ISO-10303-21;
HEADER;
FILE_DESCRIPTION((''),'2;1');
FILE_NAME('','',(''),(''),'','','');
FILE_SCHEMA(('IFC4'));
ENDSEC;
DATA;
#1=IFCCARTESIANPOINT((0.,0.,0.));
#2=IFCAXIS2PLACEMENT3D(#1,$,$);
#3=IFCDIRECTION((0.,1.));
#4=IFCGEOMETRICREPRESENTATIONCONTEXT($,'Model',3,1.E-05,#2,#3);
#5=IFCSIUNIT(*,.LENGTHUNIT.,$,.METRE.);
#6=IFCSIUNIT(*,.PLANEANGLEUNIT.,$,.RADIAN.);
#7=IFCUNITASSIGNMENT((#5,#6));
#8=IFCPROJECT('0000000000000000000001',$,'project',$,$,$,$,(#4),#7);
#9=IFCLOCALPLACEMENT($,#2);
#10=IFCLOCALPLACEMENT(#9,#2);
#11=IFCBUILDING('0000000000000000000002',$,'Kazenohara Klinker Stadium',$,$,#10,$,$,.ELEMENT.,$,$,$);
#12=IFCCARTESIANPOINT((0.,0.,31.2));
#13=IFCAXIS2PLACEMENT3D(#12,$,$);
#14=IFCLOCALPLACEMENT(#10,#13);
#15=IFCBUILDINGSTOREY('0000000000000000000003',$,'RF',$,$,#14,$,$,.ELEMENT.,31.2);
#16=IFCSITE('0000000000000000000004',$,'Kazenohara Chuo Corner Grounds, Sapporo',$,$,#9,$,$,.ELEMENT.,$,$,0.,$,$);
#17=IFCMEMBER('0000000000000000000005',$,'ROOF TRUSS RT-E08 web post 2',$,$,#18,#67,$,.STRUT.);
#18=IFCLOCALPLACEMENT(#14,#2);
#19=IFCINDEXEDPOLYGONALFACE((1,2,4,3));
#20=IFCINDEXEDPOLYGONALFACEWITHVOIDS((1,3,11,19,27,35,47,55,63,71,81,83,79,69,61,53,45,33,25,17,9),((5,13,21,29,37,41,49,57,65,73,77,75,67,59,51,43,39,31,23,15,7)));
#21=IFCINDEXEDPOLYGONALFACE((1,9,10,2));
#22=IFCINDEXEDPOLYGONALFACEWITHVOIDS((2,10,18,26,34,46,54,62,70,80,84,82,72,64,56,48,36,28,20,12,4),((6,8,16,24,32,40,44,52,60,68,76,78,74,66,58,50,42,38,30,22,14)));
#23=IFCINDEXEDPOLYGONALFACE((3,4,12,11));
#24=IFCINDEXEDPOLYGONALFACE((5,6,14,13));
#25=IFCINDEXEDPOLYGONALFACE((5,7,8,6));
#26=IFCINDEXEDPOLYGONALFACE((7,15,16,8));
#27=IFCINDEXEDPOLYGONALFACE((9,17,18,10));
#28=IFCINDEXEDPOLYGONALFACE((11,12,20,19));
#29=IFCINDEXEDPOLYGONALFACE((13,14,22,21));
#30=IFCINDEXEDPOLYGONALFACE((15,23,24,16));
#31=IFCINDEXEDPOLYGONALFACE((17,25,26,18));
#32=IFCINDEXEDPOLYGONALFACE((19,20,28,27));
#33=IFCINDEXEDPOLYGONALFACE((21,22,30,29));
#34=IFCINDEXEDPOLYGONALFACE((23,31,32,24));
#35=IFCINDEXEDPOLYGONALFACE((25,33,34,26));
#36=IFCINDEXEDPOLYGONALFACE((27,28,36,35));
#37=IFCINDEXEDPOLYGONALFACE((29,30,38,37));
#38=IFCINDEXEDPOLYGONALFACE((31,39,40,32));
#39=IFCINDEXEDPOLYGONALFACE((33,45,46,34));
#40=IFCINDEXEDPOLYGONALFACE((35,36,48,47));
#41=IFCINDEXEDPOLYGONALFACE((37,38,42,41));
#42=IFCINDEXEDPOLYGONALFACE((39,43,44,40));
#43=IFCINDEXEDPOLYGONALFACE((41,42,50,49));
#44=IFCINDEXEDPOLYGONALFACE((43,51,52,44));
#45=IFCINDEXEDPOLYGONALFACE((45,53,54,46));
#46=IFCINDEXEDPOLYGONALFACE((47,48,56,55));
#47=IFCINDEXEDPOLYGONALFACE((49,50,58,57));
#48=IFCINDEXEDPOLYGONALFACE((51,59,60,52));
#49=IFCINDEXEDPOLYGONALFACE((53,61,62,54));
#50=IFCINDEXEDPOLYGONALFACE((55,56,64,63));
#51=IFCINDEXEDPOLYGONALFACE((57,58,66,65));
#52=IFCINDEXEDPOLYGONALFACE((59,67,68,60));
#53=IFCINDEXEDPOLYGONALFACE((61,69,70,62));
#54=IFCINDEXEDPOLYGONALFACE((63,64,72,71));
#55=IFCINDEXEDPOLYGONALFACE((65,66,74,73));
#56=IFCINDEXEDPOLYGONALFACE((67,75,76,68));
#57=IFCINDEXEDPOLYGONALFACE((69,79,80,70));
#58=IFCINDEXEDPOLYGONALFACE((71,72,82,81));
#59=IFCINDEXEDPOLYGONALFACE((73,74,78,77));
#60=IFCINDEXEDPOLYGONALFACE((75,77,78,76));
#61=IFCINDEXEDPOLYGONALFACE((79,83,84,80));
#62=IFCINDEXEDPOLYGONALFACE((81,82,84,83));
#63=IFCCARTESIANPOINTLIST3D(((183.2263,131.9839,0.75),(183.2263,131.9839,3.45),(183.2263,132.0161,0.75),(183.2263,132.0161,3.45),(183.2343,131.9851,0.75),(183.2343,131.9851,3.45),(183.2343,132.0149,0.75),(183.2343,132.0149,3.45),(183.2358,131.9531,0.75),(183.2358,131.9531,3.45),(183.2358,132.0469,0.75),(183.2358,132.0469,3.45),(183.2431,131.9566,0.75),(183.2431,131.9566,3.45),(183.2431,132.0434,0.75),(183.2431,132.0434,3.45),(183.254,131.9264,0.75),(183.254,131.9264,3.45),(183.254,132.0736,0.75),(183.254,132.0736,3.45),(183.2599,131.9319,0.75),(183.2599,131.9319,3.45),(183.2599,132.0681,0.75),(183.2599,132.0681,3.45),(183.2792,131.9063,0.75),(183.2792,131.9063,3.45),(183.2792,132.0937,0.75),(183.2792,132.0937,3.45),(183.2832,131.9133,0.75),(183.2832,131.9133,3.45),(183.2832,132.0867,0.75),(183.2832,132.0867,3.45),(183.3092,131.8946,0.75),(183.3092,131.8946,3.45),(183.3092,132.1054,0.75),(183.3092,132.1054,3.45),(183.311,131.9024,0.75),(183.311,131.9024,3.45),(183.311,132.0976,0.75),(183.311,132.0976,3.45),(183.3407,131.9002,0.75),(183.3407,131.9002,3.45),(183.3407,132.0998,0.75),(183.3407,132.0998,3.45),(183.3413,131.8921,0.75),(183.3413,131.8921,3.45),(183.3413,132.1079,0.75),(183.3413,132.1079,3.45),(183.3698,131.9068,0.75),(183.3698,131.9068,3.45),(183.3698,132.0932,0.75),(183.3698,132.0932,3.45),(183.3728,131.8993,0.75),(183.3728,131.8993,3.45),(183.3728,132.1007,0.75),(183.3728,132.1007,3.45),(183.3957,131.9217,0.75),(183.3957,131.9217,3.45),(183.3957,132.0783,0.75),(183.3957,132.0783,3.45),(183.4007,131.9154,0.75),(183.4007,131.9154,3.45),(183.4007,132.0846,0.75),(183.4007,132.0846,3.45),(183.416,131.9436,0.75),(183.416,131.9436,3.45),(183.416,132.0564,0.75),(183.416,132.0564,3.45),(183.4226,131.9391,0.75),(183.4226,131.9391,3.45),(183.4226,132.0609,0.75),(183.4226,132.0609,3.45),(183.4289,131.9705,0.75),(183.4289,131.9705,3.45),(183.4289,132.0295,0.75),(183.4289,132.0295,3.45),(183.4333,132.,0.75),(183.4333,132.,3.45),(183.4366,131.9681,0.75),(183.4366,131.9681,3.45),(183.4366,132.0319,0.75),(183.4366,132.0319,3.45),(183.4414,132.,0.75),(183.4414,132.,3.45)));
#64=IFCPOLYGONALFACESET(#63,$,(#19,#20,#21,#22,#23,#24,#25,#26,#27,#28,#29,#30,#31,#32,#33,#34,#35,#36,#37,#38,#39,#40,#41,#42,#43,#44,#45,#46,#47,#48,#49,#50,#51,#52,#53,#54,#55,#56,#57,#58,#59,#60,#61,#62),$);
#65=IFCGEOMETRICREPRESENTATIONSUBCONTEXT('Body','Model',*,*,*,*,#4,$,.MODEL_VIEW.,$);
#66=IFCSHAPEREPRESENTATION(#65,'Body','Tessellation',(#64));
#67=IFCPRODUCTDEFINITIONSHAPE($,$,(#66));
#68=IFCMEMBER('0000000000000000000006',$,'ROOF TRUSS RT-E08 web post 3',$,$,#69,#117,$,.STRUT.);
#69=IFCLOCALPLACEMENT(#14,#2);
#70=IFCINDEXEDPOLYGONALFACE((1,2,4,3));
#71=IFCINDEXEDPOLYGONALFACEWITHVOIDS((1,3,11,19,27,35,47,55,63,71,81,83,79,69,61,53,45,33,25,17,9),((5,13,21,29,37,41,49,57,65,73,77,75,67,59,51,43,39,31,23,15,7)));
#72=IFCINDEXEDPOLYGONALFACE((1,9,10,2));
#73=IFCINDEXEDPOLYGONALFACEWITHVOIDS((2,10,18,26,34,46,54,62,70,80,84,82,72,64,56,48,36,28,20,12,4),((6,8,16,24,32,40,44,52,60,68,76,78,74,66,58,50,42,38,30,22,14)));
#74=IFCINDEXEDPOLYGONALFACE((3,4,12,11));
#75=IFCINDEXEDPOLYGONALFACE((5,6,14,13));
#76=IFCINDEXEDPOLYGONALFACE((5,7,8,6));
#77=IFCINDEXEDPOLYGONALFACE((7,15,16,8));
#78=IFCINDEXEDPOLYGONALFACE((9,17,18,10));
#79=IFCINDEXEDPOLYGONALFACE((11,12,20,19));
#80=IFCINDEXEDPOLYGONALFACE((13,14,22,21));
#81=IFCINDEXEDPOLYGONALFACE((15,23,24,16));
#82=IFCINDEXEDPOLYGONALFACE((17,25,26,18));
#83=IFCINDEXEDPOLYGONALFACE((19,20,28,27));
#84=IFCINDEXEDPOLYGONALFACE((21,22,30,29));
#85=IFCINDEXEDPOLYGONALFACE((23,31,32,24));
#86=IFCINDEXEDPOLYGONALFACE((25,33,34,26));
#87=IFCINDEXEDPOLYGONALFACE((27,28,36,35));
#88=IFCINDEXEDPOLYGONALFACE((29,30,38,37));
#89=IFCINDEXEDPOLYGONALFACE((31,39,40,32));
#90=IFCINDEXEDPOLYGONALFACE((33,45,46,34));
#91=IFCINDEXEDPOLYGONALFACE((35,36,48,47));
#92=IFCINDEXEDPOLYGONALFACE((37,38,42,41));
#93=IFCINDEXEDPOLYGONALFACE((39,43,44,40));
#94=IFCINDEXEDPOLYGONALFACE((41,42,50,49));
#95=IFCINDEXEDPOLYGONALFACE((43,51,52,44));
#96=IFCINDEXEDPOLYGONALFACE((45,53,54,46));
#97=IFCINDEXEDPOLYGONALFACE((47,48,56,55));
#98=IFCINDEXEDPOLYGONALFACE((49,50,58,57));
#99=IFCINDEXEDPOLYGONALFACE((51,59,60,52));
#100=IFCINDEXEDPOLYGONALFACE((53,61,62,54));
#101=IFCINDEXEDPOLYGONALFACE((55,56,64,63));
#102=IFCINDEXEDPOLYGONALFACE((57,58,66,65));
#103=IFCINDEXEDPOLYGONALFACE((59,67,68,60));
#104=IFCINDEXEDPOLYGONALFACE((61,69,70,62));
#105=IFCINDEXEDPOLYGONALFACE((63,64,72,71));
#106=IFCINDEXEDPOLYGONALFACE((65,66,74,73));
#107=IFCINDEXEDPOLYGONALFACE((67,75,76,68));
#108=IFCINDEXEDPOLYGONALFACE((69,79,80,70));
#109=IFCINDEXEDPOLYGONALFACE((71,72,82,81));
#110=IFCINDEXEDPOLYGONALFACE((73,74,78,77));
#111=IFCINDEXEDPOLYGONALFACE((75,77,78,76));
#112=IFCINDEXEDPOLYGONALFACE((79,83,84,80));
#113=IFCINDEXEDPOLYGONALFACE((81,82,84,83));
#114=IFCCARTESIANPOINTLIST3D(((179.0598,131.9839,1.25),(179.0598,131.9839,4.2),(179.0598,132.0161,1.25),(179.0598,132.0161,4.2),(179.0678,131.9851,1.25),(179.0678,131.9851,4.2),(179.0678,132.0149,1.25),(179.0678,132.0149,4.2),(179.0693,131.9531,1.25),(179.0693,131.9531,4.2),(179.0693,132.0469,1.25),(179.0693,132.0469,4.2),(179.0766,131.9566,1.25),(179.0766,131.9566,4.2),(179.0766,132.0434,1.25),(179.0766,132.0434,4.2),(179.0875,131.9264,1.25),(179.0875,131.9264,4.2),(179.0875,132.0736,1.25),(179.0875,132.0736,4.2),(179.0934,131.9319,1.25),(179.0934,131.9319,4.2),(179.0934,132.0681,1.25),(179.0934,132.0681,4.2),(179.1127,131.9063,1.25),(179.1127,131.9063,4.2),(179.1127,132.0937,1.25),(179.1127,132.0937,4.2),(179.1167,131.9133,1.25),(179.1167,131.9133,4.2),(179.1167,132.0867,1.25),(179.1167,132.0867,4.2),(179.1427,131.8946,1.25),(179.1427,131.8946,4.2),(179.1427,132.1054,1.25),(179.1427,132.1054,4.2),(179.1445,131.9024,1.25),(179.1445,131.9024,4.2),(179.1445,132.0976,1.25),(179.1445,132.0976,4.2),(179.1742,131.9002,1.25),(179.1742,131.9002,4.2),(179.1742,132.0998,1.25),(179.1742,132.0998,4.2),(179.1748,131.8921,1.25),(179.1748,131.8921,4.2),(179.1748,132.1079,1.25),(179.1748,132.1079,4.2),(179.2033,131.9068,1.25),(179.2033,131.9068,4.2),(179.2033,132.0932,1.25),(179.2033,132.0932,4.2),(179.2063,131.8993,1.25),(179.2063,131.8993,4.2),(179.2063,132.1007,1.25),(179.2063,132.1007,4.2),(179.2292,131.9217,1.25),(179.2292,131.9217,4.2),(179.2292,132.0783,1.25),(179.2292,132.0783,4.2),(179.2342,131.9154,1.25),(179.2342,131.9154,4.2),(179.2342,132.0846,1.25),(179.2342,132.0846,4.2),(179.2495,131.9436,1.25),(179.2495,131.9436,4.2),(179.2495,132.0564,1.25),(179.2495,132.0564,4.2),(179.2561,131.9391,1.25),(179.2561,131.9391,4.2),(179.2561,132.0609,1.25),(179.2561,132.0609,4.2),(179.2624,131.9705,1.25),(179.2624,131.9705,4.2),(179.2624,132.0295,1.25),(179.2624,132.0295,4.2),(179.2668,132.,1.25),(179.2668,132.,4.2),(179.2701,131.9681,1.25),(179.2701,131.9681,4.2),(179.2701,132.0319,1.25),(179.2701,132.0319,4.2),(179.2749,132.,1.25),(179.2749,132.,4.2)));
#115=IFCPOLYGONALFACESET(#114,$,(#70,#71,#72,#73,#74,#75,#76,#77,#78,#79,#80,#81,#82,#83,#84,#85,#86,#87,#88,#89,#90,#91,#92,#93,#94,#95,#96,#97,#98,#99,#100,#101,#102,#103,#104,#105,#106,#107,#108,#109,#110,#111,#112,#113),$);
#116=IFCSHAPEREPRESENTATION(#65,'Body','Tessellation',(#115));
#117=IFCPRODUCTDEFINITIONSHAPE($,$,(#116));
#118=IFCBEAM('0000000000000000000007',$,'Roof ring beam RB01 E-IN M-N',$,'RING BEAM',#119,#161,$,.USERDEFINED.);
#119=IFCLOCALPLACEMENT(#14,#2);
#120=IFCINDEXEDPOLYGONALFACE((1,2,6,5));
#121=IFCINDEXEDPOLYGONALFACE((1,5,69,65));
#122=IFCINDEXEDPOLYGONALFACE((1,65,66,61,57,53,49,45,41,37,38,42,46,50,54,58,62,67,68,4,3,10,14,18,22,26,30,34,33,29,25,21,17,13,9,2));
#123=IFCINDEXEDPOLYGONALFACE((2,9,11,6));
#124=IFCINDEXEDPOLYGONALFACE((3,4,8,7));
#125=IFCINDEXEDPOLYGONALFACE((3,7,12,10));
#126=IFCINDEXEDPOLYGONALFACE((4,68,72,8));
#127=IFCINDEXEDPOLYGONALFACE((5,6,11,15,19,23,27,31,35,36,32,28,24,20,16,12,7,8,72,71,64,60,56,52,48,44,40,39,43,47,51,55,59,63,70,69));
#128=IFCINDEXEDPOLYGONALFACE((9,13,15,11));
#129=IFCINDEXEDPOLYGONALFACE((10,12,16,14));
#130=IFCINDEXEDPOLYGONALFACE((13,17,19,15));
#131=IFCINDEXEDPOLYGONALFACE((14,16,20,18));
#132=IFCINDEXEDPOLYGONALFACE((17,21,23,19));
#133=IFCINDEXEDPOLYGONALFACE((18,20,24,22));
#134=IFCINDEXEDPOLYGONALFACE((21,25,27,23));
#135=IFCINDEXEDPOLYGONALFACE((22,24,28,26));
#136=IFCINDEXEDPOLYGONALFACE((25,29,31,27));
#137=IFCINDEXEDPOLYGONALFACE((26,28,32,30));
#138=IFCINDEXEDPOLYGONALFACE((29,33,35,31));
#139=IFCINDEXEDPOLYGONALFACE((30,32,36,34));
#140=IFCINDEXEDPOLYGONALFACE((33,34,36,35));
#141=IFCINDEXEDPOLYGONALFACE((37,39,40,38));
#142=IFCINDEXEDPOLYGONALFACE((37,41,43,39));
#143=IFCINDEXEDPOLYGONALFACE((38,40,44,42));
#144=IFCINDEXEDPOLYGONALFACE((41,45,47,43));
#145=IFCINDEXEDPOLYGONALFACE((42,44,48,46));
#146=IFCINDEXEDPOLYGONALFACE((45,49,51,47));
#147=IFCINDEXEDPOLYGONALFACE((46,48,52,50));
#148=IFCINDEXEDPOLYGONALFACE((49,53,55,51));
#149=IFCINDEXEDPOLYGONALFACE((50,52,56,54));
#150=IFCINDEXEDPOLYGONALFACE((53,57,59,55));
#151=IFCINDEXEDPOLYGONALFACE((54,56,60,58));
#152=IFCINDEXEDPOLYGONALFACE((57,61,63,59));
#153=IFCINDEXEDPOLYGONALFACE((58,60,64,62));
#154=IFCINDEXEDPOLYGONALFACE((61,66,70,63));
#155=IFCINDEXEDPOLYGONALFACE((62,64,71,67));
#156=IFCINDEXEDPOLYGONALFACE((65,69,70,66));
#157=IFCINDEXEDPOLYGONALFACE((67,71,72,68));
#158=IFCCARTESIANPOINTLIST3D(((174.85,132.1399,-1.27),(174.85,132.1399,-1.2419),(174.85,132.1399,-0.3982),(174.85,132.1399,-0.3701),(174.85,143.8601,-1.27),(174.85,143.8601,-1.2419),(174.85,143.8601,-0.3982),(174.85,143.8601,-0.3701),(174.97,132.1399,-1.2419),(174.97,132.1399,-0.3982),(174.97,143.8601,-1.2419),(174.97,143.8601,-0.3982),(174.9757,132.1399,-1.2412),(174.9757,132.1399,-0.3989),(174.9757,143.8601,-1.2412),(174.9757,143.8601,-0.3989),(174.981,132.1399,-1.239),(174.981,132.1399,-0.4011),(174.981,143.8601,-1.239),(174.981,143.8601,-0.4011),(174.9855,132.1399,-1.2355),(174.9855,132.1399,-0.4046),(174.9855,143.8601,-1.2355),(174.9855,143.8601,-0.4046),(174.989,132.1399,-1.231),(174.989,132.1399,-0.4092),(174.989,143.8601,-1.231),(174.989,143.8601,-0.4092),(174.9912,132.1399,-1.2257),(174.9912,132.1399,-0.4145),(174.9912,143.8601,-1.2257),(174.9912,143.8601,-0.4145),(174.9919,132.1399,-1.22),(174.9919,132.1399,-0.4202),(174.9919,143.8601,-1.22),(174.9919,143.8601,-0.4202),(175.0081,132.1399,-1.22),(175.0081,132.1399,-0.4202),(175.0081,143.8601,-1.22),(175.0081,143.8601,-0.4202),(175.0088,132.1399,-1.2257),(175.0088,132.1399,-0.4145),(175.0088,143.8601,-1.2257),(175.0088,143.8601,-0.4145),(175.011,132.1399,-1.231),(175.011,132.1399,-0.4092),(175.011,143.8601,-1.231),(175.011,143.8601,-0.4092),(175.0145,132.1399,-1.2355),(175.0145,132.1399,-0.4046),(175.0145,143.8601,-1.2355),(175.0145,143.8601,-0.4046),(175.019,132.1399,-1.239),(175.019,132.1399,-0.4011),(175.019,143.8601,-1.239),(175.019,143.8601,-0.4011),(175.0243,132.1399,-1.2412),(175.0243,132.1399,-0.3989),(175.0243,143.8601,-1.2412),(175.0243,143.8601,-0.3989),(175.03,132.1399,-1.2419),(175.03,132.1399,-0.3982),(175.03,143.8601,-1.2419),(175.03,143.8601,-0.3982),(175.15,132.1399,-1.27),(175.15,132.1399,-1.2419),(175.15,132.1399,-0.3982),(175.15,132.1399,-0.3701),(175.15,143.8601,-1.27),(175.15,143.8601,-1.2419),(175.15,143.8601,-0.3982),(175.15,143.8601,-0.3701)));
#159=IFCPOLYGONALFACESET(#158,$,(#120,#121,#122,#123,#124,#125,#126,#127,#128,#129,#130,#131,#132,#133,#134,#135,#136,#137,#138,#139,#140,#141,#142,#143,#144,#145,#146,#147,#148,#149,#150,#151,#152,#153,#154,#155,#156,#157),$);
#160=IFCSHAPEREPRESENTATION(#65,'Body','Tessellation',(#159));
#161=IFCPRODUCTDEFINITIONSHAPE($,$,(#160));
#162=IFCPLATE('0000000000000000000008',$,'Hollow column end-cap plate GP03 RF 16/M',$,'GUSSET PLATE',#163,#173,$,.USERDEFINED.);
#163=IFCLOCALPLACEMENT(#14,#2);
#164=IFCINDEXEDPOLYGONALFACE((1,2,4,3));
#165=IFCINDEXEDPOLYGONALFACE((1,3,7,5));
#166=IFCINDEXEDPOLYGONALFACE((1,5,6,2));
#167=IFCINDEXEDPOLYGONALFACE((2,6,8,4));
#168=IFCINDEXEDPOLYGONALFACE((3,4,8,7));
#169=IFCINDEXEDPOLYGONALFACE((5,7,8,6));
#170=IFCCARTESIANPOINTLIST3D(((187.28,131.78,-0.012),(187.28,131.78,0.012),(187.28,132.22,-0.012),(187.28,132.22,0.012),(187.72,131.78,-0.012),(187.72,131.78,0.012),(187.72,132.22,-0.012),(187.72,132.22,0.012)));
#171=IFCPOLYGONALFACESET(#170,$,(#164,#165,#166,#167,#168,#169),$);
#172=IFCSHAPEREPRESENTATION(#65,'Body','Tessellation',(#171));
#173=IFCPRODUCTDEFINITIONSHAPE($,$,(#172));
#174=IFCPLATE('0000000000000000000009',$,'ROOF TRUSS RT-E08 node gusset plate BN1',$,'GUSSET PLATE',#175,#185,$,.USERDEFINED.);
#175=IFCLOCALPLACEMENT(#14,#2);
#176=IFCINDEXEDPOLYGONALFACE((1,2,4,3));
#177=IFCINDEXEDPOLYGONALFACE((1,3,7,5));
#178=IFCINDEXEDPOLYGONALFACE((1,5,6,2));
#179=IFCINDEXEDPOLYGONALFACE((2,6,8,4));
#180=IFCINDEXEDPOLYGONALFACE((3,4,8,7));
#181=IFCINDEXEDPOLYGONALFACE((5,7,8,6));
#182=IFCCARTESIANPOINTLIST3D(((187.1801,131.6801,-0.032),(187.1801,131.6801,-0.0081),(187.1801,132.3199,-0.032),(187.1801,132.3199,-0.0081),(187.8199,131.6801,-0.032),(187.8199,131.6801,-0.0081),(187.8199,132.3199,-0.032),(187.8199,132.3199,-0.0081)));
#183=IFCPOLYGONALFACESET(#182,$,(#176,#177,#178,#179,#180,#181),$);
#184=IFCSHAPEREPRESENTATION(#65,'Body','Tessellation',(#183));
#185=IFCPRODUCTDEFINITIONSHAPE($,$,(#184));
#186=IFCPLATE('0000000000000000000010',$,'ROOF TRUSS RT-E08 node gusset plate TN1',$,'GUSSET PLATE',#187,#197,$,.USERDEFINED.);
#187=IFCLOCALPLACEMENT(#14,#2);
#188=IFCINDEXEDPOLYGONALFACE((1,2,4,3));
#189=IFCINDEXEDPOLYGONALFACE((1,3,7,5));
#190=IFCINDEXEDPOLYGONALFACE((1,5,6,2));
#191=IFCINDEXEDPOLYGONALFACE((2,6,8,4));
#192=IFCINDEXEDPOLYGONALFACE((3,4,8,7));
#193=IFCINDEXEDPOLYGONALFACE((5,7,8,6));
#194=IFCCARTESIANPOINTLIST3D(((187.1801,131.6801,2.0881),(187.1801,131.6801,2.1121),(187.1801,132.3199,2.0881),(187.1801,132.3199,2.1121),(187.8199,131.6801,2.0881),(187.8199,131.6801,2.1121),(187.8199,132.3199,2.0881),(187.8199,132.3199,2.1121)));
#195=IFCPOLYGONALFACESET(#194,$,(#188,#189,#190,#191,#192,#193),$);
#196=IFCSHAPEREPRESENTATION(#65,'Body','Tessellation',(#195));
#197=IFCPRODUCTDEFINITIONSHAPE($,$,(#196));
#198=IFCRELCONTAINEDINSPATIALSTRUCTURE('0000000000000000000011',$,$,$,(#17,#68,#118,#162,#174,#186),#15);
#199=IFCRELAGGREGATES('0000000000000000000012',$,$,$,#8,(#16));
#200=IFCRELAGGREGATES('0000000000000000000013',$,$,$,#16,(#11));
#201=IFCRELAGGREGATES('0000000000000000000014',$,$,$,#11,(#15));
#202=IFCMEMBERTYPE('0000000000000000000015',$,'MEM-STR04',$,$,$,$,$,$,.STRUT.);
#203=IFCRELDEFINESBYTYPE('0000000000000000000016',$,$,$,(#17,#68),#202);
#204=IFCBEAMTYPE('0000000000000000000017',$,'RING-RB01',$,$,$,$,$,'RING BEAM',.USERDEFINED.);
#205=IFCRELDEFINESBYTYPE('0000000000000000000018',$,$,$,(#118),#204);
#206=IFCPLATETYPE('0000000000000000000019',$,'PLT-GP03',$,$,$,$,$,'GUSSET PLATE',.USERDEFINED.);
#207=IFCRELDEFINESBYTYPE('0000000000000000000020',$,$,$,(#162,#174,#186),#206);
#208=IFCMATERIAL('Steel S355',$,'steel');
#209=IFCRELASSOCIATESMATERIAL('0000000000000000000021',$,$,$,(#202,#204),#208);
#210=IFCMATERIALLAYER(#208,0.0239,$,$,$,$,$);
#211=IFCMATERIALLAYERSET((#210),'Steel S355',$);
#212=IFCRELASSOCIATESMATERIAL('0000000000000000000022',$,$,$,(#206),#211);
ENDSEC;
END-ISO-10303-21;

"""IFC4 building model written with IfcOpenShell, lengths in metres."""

from ifc_helpers import new_model, si_unit, direction, frame, origin, origin_2d, place, context, subcontext, project, spatial, rectangle, hollow_circle, i_section, extrude, material, layer, layer_set, material_profile, profile_set, type_object, element, save


model = new_model("IFC4")

# Units and contexts
model_context = context("Model", 3, precision=1e-05, world=origin(), true_north=direction((0.0, 1.0)))
body_context = subcontext(model_context, "Body", "Model", "MODEL_VIEW")
ifc_project = project(units=[si_unit("LENGTHUNIT", "METRE"), si_unit("PLANEANGLEUNIT", "RADIAN")], contexts=[model_context])

# Site, building, storey
site_placement = place(None, origin())
site = spatial("IfcSite", under=ifc_project, at=site_placement, Name="Kazenohara Chuo Corner Grounds, Sapporo", CompositionType="ELEMENT", RefElevation=0.0)
building_placement = place(site_placement, origin())
building = spatial("IfcBuilding", under=site, at=building_placement, Name="Kazenohara Klinker Stadium", CompositionType="ELEMENT")
storey_placement = place(building_placement, frame((0.0, 0.0, 31.2)))
storey = spatial("IfcBuildingStorey", under=building, at=storey_placement, Name="RF", CompositionType="ELEMENT", Elevation=31.2)

# Members
ifc_material_1 = material(Name="Steel S355", Category="steel")
ifc_material_profile_1 = material_profile(ifc_material_1, hollow_circle(Radius=0.1082, WallThickness=0.0081, at=origin_2d()), Name="CHS-216.3x8")
ifc_profile_set_1 = profile_set([ifc_material_profile_1], Name="Steel S355")
member_type_1 = type_object("IfcMemberType", Name="MEM-STR04", PredefinedType="STRUT", material=ifc_profile_set_1)
member_1_placement = place(storey_placement, frame((183.3333, 132.0, 0.75), z_axis=(0.0, 0.0, 1.0), x_axis=(1.0, 0.0, 0.0)))
element("IfcMember", 1, at=member_1_placement, inside=storey, type_object=member_type_1, Name="ROOF TRUSS RT-E08 web post 2", PredefinedType="STRUT", context=body_context, shape_type="SweptSolid", body=[
    extrude(hollow_circle(Radius=0.1082, WallThickness=0.0081, at=origin_2d()), origin(), (0.0, 0.0, 1.0), 2.7),
])
member_2_placement = place(storey_placement, frame((179.1667, 132.0, 1.25), z_axis=(0.0, 0.0, 1.0), x_axis=(1.0, 0.0, 0.0)))
element("IfcMember", 2, at=member_2_placement, inside=storey, type_object=member_type_1, Name="ROOF TRUSS RT-E08 web post 3", PredefinedType="STRUT", context=body_context, shape_type="SweptSolid", body=[
    extrude(hollow_circle(Radius=0.1082, WallThickness=0.0081, at=origin_2d()), origin(), (0.0, 0.0, 1.0), 2.95),
])

# Beam
ifc_material_profile_2 = material_profile(ifc_material_1, i_section(OverallWidth=0.3, OverallDepth=0.8999, WebThickness=0.0161, FlangeThickness=0.0281, FilletRadius=0.022, at=origin_2d()), Name="H-900x300x16x28")
ifc_profile_set_2 = profile_set([ifc_material_profile_2], Name="Steel S355")
beam_type_1 = type_object("IfcBeamType", Name="RING-RB01", ElementType="RING BEAM", PredefinedType="USERDEFINED", material=ifc_profile_set_2)
beam_1_placement = place(storey_placement, frame((175.0, 132.1399, -0.8201), z_axis=(0.0, 1.0, 0.0), x_axis=(-1.0, 0.0, 0.0)))
element("IfcBeam", 3, at=beam_1_placement, inside=storey, type_object=beam_type_1, Name="Roof ring beam RB01 E-IN M-N", ObjectType="RING BEAM", PredefinedType="USERDEFINED", context=body_context, shape_type="SweptSolid", body=[
    extrude(i_section(OverallWidth=0.3, OverallDepth=0.8999, WebThickness=0.0161, FlangeThickness=0.0281, FilletRadius=0.022, at=origin_2d()), origin(), (0.0, 0.0, 1.0), 11.7202),
])

# Plates
ifc_layer_1 = layer(ifc_material_1, 0.0239)
ifc_layer_set_1 = layer_set([ifc_layer_1], Name="Steel S355")
plate_type_1 = type_object("IfcPlateType", Name="PLT-GP03", ElementType="GUSSET PLATE", PredefinedType="USERDEFINED", material=ifc_layer_set_1)
plate_placement = place(storey_placement, frame((187.5, 132.0, -0.012), z_axis=(0.0, 0.0, 1.0), x_axis=(1.0, 0.0, 0.0)))
element("IfcPlate", 4, at=plate_placement, inside=storey, type_object=plate_type_1, Name="Hollow column end-cap plate GP03 RF 16/M", ObjectType="GUSSET PLATE", PredefinedType="USERDEFINED", context=body_context, shape_type="SweptSolid", body=[
    extrude(rectangle(XDim=0.4399, YDim=0.4399, at=origin_2d()), origin(), (0.0, 0.0, 1.0), 0.0239),
])
for number, where, z_axis, x_axis, name in (
    (5, (187.5, 132.0, -0.032), (0.0, 0.0, 1.0), (1.0, 0.0, 0.0), "ROOF TRUSS RT-E08 node gusset plate BN1"),
    (6, (187.5, 132.0, 2.0881), (0.0, 0.0, 1.0), (1.0, 0.0, 0.0), "ROOF TRUSS RT-E08 node gusset plate TN1"),
):
    element("IfcPlate", number, at=place(storey_placement, frame(where, z_axis=z_axis, x_axis=x_axis)), inside=storey, type_object=plate_type_1, Name=name, ObjectType="GUSSET PLATE", PredefinedType="USERDEFINED", context=body_context, shape_type="SweptSolid", body=[
        extrude(rectangle(XDim=0.6399, YDim=0.6399, at=origin_2d()), origin(), (0.0, 0.0, 1.0), 0.0239),
    ])

save(model, "model.ifc")
